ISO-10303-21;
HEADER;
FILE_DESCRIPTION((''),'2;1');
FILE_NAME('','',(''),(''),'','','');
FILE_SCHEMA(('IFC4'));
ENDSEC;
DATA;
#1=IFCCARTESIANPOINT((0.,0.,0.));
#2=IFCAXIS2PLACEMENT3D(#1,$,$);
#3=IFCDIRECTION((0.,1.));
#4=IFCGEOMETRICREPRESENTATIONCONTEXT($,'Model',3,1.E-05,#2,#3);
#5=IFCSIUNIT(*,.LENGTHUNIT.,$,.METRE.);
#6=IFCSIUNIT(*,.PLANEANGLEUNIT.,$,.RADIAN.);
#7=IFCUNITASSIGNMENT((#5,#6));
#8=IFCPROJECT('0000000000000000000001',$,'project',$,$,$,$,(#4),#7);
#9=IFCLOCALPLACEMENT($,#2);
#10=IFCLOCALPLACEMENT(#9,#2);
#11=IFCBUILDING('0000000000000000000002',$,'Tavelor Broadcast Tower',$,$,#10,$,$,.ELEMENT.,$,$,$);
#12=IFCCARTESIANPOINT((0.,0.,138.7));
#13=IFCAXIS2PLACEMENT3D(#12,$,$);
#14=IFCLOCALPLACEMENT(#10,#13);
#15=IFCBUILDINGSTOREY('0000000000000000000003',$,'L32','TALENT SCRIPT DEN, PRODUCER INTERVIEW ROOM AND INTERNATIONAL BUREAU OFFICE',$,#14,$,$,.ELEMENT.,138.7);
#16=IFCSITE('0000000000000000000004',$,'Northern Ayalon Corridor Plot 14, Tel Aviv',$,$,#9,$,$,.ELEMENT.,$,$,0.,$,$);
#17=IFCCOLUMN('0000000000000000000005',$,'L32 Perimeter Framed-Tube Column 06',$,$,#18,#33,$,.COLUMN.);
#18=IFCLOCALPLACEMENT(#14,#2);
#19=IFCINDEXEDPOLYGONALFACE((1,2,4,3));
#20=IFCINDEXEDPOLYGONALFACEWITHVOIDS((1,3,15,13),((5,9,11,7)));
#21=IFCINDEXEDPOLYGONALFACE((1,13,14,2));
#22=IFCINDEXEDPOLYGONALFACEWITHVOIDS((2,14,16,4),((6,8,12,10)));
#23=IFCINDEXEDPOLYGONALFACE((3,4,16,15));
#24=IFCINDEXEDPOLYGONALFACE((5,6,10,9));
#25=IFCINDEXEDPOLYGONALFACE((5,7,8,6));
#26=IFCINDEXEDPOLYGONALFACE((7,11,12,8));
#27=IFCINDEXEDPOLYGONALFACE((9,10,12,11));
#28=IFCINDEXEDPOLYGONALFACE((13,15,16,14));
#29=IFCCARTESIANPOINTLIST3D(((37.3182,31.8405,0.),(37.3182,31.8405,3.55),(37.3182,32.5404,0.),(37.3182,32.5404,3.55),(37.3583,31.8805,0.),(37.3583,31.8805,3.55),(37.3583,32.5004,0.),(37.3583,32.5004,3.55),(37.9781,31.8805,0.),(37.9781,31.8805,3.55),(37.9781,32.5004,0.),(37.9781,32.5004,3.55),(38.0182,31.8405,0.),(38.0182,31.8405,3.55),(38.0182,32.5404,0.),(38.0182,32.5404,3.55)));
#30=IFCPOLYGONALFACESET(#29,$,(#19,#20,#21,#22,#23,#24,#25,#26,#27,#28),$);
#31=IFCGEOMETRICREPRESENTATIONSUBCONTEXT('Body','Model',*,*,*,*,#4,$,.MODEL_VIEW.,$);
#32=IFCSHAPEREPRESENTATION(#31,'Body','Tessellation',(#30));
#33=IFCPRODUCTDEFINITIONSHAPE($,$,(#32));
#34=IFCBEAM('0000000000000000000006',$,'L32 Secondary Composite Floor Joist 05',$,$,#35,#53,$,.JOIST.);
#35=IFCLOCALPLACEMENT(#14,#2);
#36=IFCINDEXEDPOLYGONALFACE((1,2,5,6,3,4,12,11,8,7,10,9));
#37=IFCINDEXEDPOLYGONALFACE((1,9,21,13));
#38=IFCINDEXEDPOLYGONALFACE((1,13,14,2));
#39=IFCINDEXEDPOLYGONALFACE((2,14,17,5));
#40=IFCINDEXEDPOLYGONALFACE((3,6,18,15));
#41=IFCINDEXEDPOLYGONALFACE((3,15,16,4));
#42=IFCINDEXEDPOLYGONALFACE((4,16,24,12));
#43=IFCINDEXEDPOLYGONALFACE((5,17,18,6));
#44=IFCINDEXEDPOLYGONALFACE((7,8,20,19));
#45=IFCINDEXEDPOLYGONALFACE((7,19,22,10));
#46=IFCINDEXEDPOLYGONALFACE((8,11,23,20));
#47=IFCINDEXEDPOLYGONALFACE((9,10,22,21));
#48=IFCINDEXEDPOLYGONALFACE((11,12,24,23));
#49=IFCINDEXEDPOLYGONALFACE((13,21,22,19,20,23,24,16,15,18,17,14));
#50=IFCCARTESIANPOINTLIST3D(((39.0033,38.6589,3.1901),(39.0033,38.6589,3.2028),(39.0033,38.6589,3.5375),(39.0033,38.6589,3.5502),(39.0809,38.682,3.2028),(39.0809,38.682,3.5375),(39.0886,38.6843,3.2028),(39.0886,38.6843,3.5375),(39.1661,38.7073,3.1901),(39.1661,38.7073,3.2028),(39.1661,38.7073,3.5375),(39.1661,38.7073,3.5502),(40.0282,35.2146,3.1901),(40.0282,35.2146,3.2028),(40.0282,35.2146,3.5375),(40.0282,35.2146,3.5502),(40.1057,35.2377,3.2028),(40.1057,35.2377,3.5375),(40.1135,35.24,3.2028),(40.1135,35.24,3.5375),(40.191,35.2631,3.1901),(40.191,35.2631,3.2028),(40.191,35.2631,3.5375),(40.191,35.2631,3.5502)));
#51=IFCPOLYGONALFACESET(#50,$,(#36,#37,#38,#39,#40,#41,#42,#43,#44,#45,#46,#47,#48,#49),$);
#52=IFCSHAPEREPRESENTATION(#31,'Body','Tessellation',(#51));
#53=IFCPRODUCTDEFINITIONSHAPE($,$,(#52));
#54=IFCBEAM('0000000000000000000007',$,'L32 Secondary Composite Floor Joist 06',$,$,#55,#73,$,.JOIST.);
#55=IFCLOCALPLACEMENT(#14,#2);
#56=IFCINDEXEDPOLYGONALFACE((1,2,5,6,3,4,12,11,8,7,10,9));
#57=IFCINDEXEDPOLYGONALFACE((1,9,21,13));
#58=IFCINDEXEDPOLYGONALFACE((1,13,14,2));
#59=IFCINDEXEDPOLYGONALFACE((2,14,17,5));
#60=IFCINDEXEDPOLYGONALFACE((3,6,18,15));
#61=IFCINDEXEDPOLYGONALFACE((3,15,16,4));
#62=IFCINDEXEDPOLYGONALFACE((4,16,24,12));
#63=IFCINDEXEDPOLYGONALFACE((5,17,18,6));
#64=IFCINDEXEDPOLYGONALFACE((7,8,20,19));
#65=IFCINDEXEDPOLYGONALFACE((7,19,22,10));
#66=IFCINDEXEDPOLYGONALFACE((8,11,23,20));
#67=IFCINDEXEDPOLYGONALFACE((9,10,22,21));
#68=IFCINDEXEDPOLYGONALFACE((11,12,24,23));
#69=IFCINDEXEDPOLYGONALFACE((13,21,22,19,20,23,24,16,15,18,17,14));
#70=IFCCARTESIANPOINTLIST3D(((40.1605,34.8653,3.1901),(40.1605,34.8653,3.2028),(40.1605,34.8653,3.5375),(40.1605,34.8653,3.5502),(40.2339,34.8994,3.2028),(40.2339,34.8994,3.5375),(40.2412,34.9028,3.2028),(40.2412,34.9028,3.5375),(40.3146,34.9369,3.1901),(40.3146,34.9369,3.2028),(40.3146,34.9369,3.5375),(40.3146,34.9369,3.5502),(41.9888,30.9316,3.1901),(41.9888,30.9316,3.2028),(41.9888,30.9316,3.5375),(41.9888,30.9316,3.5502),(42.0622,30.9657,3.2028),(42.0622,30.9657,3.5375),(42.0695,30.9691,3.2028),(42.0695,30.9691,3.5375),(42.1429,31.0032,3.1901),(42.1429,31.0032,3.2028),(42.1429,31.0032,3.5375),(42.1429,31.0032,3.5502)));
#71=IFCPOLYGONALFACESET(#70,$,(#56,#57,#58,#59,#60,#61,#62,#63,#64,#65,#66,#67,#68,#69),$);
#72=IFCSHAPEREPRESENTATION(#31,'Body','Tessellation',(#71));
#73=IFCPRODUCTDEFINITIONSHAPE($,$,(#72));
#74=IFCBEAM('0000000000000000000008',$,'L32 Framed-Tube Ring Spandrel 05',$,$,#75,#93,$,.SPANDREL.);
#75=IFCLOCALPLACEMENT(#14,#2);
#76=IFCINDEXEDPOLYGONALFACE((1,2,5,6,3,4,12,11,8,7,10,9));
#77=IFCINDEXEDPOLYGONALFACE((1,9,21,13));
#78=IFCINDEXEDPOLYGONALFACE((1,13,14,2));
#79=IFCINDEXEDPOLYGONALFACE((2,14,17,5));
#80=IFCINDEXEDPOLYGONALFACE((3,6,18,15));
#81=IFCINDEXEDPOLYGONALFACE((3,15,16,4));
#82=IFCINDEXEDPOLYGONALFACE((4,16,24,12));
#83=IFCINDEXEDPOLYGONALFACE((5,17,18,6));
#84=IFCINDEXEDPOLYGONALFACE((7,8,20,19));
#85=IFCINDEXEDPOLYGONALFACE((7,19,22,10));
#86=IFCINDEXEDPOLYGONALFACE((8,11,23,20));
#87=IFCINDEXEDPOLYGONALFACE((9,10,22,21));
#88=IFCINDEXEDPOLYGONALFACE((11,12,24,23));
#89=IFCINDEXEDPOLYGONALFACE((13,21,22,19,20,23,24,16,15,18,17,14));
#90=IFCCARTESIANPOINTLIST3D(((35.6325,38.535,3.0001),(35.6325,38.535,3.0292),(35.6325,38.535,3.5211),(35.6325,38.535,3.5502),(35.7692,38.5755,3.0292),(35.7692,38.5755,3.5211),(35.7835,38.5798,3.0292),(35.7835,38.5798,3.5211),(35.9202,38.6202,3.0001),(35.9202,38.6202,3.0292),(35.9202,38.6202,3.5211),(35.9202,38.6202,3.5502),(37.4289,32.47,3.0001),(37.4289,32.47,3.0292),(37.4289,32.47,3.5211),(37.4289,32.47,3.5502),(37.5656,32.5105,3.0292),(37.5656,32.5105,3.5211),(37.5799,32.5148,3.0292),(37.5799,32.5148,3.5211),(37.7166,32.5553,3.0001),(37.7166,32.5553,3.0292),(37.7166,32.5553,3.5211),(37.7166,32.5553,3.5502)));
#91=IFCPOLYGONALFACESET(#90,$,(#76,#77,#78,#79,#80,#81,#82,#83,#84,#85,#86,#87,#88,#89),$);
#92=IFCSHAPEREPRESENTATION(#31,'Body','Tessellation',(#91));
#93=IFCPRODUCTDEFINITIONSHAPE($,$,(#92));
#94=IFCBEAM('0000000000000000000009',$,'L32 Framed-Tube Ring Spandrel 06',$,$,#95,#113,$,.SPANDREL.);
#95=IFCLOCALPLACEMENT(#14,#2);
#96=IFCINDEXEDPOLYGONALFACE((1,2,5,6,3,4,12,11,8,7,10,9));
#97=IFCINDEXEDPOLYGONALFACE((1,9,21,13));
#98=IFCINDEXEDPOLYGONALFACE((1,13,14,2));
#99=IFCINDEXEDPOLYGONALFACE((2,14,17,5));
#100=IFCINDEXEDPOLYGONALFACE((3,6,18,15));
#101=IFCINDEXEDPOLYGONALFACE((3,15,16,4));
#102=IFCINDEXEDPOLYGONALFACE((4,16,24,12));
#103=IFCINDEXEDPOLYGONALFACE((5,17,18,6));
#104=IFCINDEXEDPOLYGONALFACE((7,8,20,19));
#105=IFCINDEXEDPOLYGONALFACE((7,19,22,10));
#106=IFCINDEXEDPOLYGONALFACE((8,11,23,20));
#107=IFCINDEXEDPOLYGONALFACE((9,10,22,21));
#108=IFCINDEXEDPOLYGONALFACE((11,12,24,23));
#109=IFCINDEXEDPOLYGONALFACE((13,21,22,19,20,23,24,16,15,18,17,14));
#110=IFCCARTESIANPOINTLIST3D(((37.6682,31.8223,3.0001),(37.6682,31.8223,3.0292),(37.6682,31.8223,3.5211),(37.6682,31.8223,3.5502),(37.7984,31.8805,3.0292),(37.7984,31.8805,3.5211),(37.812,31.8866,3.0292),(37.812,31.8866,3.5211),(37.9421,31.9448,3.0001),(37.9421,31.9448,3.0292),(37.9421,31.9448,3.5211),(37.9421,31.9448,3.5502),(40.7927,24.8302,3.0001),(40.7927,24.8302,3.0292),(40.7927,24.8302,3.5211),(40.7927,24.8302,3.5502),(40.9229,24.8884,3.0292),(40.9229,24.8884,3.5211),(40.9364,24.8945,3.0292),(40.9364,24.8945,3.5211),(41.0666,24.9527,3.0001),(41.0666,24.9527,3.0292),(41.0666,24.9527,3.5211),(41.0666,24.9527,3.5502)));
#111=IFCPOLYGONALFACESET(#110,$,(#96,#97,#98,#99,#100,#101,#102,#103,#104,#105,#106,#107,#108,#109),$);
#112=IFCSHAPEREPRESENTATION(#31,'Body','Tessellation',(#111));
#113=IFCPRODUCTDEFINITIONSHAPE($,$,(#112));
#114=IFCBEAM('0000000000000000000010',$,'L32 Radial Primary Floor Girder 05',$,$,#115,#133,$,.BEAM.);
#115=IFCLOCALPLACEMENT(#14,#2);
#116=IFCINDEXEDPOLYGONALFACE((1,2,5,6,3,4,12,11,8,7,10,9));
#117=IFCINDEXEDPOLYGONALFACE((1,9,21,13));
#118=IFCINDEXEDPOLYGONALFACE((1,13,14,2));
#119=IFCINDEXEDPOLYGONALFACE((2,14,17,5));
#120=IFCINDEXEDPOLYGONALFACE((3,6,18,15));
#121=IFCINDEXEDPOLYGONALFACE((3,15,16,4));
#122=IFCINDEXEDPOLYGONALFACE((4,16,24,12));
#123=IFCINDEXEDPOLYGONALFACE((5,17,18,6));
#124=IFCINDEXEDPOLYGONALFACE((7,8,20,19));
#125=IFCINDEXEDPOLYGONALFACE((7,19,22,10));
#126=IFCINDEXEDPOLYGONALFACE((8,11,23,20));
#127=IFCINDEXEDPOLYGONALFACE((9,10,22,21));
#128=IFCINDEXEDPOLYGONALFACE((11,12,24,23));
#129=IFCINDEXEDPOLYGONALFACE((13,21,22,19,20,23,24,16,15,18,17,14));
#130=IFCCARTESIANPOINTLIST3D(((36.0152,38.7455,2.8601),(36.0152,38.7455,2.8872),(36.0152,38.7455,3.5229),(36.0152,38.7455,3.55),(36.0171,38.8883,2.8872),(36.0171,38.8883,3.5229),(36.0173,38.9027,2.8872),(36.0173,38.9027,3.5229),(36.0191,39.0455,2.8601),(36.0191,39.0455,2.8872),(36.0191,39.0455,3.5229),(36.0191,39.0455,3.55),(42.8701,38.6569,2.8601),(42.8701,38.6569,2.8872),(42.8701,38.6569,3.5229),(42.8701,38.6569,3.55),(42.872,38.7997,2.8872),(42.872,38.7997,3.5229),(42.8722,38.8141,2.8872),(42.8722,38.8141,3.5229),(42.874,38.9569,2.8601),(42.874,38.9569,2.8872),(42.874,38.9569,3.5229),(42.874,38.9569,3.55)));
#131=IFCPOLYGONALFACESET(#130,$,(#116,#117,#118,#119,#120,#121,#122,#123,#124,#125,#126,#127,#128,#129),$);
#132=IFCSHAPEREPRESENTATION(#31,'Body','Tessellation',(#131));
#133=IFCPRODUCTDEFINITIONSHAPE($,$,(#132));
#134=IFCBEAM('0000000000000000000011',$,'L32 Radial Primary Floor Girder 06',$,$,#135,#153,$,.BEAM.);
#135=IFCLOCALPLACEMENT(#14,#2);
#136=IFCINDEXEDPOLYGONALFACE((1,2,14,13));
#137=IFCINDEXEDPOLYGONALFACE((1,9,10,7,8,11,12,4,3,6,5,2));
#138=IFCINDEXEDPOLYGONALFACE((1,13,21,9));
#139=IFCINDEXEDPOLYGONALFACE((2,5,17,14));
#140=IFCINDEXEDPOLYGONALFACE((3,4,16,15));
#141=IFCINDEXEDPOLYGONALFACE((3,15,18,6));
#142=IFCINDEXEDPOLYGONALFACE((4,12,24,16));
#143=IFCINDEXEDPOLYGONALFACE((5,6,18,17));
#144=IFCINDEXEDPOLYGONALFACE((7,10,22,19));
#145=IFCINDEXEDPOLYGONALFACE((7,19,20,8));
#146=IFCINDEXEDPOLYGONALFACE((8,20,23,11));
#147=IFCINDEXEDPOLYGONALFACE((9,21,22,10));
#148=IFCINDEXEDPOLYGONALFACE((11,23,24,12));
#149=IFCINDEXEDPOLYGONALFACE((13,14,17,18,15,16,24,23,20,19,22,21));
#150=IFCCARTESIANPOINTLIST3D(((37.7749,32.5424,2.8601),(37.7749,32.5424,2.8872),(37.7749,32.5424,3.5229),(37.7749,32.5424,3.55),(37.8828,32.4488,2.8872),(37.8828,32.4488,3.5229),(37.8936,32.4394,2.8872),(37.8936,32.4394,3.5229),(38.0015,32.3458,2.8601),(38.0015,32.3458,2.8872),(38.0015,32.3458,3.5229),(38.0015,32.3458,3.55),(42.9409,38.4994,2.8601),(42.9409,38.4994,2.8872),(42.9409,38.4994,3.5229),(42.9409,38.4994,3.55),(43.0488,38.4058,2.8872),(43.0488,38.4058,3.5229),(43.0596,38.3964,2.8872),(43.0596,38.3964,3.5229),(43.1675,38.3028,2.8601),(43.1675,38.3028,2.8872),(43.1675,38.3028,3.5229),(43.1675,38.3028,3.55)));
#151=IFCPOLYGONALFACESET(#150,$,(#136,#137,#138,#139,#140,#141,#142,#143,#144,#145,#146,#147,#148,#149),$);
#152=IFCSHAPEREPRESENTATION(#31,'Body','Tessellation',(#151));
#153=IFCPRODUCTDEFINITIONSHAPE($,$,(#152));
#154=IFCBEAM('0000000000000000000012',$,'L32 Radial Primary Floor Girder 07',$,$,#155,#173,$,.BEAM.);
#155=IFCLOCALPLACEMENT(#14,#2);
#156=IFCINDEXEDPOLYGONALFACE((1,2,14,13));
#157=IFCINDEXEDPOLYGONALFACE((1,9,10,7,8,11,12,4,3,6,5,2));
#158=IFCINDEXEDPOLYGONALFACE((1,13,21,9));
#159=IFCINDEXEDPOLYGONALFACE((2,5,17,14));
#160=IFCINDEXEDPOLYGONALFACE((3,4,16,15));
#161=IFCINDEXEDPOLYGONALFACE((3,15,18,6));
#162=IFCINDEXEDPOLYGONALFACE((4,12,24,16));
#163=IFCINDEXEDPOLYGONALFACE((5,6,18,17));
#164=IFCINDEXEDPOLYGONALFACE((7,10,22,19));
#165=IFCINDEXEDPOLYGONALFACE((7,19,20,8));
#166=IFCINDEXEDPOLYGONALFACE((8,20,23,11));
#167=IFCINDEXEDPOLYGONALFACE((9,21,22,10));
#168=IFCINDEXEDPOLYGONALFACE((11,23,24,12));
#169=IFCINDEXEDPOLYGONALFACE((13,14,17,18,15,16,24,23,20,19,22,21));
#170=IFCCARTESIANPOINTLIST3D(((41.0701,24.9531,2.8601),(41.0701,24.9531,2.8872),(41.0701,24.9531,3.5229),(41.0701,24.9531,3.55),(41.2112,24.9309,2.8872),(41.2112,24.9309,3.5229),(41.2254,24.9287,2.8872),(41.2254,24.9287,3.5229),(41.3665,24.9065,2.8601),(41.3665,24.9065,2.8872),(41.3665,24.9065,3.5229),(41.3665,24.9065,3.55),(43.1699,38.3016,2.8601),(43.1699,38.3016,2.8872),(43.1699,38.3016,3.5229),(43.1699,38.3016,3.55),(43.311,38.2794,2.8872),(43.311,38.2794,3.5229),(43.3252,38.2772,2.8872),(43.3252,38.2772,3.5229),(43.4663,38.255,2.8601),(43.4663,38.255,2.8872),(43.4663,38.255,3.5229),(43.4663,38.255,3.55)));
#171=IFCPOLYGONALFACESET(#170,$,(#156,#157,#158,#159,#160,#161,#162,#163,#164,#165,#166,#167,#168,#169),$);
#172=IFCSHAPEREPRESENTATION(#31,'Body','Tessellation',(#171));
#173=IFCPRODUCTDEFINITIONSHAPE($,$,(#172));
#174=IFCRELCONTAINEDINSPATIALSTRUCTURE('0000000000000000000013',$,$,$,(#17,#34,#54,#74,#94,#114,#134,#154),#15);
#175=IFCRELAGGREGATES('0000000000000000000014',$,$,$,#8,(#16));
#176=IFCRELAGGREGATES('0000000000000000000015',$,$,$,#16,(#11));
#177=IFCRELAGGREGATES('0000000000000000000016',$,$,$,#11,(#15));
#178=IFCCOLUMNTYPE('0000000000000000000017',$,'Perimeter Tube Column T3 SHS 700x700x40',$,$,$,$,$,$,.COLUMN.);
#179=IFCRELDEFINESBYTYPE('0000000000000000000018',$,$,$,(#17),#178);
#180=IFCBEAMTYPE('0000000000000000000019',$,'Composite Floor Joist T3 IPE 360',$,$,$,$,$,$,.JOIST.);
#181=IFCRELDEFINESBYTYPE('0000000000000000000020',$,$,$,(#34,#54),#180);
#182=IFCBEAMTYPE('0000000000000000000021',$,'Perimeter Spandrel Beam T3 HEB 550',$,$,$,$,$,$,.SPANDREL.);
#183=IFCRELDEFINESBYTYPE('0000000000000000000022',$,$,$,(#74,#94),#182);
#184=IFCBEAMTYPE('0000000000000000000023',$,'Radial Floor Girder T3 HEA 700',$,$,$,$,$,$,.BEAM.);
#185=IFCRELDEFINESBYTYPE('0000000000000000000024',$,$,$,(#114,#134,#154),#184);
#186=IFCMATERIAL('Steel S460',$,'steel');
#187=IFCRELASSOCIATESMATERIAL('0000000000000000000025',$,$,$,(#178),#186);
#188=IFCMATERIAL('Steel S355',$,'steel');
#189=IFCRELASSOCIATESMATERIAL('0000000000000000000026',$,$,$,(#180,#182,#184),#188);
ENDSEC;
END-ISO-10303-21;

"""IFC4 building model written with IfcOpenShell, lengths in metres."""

from ifc_helpers import new_model, si_unit, direction, frame, origin, origin_2d, place, context, subcontext, project, spatial, hollow_rectangle, i_section, extrude, material, material_profile, profile_set, type_object, element, save


model = new_model("IFC4")

# Units and contexts
model_context = context("Model", 3, precision=1e-05, world=origin(), true_north=direction((0.0, 1.0)))
body_context = subcontext(model_context, "Body", "Model", "MODEL_VIEW")
ifc_project = project(units=[si_unit("LENGTHUNIT", "METRE"), si_unit("PLANEANGLEUNIT", "RADIAN")], contexts=[model_context])

# Site, building, storey
site_placement = place(None, origin())
site = spatial("IfcSite", under=ifc_project, at=site_placement, Name="Northern Ayalon Corridor Plot 14, Tel Aviv", CompositionType="ELEMENT", RefElevation=0.0)
building_placement = place(site_placement, origin())
building = spatial("IfcBuilding", under=site, at=building_placement, Name="Tavelor Broadcast Tower", CompositionType="ELEMENT")
storey_placement = place(building_placement, frame((0.0, 0.0, 138.7)))
storey = spatial("IfcBuildingStorey", under=building, at=storey_placement, Name="L32", Description="TALENT SCRIPT DEN, PRODUCER INTERVIEW ROOM AND INTERNATIONAL BUREAU OFFICE", CompositionType="ELEMENT", Elevation=138.7)

# Column
ifc_material_1 = material(Name="Steel S460", Category="steel")
ifc_material_profile_1 = material_profile(ifc_material_1, hollow_rectangle(XDim=0.7, YDim=0.7, WallThickness=0.04, at=origin_2d()), Name="SHS 700x700x40")
ifc_profile_set_1 = profile_set([ifc_material_profile_1], Name="Steel S460")
column_type = type_object("IfcColumnType", Name="Perimeter Tube Column T3 SHS 700x700x40", PredefinedType="COLUMN", material=ifc_profile_set_1)
column_placement = place(storey_placement, frame((37.6682, 32.1904, 0.0), z_axis=(0.0, 0.0, 1.0), x_axis=(1.0, 0.0, 0.0)))
element("IfcColumn", 1, at=column_placement, inside=storey, type_object=column_type, Name="L32 Perimeter Framed-Tube Column 06", PredefinedType="COLUMN", context=body_context, shape_type="SweptSolid", body=[
    extrude(hollow_rectangle(XDim=0.7, YDim=0.7, WallThickness=0.04, at=origin_2d()), origin(), (0.0, 0.0, 1.0), 3.55),
])

# Beams
ifc_material_2 = material(Name="Steel S355", Category="steel")
ifc_material_profile_2 = material_profile(ifc_material_2, i_section(OverallWidth=0.1699, OverallDepth=0.3601, WebThickness=0.0081, FlangeThickness=0.0127, at=origin_2d()), Name="IPE 360")
ifc_profile_set_2 = profile_set([ifc_material_profile_2], Name="Steel S355")
beam_type_1 = type_object("IfcBeamType", Name="Composite Floor Joist T3 IPE 360", PredefinedType="JOIST", material=ifc_profile_set_2)
beam_1_placement = place(storey_placement, frame((39.0847, 38.6831, 3.3701), z_axis=(0.285203, -0.958467, 0.0), x_axis=(0.958467, 0.285203, 0.0)))
element("IfcBeam", 2, at=beam_1_placement, inside=storey, type_object=beam_type_1, Name="L32 Secondary Composite Floor Joist 05", PredefinedType="JOIST", context=body_context, shape_type="SweptSolid", body=[
    extrude(i_section(OverallWidth=0.1699, OverallDepth=0.3601, WebThickness=0.0081, FlangeThickness=0.0127, at=origin_2d()), origin(), (0.0, 0.0, 1.0), 3.5935),
])
beam_2_placement = place(storey_placement, frame((40.2375, 34.9011, 3.3701), z_axis=(0.42148, -0.906838, 0.0), x_axis=(0.906838, 0.42148, 0.0)))
element("IfcBeam", 3, at=beam_2_placement, inside=storey, type_object=beam_type_1, Name="L32 Secondary Composite Floor Joist 06", PredefinedType="JOIST", context=body_context, shape_type="SweptSolid", body=[
    extrude(i_section(OverallWidth=0.1699, OverallDepth=0.3601, WebThickness=0.0081, FlangeThickness=0.0127, at=origin_2d()), origin(), (0.0, 0.0, 1.0), 4.3379),
])
ifc_material_profile_3 = material_profile(ifc_material_2, i_section(OverallWidth=0.3, OverallDepth=0.55, WebThickness=0.0149, FlangeThickness=0.0291, at=origin_2d()), Name="HEB 550")
ifc_profile_set_3 = profile_set([ifc_material_profile_3], Name="Steel S355")
beam_type_2 = type_object("IfcBeamType", Name="Perimeter Spandrel Beam T3 HEB 550", PredefinedType="SPANDREL", material=ifc_profile_set_3)
beam_3_placement = place(storey_placement, frame((35.7764, 38.5776, 3.2751), z_axis=(0.283996, -0.958825, 0.0), x_axis=(0.958825, 0.283996, 0.0)))
element("IfcBeam", 4, at=beam_3_placement, inside=storey, type_object=beam_type_2, Name="L32 Framed-Tube Ring Spandrel 05", PredefinedType="SPANDREL", context=body_context, shape_type="SweptSolid", body=[
    extrude(i_section(OverallWidth=0.3, OverallDepth=0.55, WebThickness=0.0149, FlangeThickness=0.0291, at=origin_2d()), origin(), (0.0, 0.0, 1.0), 6.3254),
])
beam_4_placement = place(storey_placement, frame((37.8052, 31.8835, 3.2751), z_axis=(0.407977, -0.912992, 0.0), x_axis=(0.912992, 0.407977, 0.0)))
element("IfcBeam", 5, at=beam_4_placement, inside=storey, type_object=beam_type_2, Name="L32 Framed-Tube Ring Spandrel 06", PredefinedType="SPANDREL", context=body_context, shape_type="SweptSolid", body=[
    extrude(i_section(OverallWidth=0.3, OverallDepth=0.55, WebThickness=0.0149, FlangeThickness=0.0291, at=origin_2d()), origin(), (0.0, 0.0, 1.0), 7.6584),
])
ifc_material_profile_4 = material_profile(ifc_material_2, i_section(OverallWidth=0.3, OverallDepth=0.6899, WebThickness=0.0144, FlangeThickness=0.0271, at=origin_2d()), Name="HEA 700")
ifc_profile_set_4 = profile_set([ifc_material_profile_4], Name="Steel S355")
beam_type_3 = type_object("IfcBeamType", Name="Radial Floor Girder T3 HEA 700", PredefinedType="BEAM", material=ifc_profile_set_4)
beam_5_placement = place(storey_placement, frame((42.8721, 38.8069, 3.2051), z_axis=(-0.999916, 0.012927, 0.0), x_axis=(-0.012927, -0.999916, 0.0)))
element("IfcBeam", 6, at=beam_5_placement, inside=storey, type_object=beam_type_3, Name="L32 Radial Primary Floor Girder 05", PredefinedType="BEAM", context=body_context, shape_type="SweptSolid", body=[
    extrude(i_section(OverallWidth=0.3, OverallDepth=0.6899, WebThickness=0.0144, FlangeThickness=0.0271, at=origin_2d()), origin(), (0.0, 0.0, 1.0), 6.8555),
])
beam_6_placement = place(storey_placement, frame((43.0542, 38.4011, 3.2051), z_axis=(-0.655166, -0.755485, 0.0), x_axis=(0.755485, -0.655166, 0.0)))
element("IfcBeam", 7, at=beam_6_placement, inside=storey, type_object=beam_type_3, Name="L32 Radial Primary Floor Girder 06", PredefinedType="BEAM", context=body_context, shape_type="SweptSolid", body=[
    extrude(i_section(OverallWidth=0.3, OverallDepth=0.6899, WebThickness=0.0144, FlangeThickness=0.0271, at=origin_2d()), origin(), (0.0, 0.0, 1.0), 7.885),
])
beam_7_placement = place(storey_placement, frame((43.3181, 38.2783, 3.2051), z_axis=(-0.155398, -0.987852, 0.0), x_axis=(0.987852, -0.155398, 0.0)))
element("IfcBeam", 8, at=beam_7_placement, inside=storey, type_object=beam_type_3, Name="L32 Radial Primary Floor Girder 07", PredefinedType="BEAM", context=body_context, shape_type="SweptSolid", body=[
    extrude(i_section(OverallWidth=0.3, OverallDepth=0.6899, WebThickness=0.0144, FlangeThickness=0.0271, at=origin_2d()), origin(), (0.0, 0.0, 1.0), 13.5127),
])

save(model, "model.ifc")
